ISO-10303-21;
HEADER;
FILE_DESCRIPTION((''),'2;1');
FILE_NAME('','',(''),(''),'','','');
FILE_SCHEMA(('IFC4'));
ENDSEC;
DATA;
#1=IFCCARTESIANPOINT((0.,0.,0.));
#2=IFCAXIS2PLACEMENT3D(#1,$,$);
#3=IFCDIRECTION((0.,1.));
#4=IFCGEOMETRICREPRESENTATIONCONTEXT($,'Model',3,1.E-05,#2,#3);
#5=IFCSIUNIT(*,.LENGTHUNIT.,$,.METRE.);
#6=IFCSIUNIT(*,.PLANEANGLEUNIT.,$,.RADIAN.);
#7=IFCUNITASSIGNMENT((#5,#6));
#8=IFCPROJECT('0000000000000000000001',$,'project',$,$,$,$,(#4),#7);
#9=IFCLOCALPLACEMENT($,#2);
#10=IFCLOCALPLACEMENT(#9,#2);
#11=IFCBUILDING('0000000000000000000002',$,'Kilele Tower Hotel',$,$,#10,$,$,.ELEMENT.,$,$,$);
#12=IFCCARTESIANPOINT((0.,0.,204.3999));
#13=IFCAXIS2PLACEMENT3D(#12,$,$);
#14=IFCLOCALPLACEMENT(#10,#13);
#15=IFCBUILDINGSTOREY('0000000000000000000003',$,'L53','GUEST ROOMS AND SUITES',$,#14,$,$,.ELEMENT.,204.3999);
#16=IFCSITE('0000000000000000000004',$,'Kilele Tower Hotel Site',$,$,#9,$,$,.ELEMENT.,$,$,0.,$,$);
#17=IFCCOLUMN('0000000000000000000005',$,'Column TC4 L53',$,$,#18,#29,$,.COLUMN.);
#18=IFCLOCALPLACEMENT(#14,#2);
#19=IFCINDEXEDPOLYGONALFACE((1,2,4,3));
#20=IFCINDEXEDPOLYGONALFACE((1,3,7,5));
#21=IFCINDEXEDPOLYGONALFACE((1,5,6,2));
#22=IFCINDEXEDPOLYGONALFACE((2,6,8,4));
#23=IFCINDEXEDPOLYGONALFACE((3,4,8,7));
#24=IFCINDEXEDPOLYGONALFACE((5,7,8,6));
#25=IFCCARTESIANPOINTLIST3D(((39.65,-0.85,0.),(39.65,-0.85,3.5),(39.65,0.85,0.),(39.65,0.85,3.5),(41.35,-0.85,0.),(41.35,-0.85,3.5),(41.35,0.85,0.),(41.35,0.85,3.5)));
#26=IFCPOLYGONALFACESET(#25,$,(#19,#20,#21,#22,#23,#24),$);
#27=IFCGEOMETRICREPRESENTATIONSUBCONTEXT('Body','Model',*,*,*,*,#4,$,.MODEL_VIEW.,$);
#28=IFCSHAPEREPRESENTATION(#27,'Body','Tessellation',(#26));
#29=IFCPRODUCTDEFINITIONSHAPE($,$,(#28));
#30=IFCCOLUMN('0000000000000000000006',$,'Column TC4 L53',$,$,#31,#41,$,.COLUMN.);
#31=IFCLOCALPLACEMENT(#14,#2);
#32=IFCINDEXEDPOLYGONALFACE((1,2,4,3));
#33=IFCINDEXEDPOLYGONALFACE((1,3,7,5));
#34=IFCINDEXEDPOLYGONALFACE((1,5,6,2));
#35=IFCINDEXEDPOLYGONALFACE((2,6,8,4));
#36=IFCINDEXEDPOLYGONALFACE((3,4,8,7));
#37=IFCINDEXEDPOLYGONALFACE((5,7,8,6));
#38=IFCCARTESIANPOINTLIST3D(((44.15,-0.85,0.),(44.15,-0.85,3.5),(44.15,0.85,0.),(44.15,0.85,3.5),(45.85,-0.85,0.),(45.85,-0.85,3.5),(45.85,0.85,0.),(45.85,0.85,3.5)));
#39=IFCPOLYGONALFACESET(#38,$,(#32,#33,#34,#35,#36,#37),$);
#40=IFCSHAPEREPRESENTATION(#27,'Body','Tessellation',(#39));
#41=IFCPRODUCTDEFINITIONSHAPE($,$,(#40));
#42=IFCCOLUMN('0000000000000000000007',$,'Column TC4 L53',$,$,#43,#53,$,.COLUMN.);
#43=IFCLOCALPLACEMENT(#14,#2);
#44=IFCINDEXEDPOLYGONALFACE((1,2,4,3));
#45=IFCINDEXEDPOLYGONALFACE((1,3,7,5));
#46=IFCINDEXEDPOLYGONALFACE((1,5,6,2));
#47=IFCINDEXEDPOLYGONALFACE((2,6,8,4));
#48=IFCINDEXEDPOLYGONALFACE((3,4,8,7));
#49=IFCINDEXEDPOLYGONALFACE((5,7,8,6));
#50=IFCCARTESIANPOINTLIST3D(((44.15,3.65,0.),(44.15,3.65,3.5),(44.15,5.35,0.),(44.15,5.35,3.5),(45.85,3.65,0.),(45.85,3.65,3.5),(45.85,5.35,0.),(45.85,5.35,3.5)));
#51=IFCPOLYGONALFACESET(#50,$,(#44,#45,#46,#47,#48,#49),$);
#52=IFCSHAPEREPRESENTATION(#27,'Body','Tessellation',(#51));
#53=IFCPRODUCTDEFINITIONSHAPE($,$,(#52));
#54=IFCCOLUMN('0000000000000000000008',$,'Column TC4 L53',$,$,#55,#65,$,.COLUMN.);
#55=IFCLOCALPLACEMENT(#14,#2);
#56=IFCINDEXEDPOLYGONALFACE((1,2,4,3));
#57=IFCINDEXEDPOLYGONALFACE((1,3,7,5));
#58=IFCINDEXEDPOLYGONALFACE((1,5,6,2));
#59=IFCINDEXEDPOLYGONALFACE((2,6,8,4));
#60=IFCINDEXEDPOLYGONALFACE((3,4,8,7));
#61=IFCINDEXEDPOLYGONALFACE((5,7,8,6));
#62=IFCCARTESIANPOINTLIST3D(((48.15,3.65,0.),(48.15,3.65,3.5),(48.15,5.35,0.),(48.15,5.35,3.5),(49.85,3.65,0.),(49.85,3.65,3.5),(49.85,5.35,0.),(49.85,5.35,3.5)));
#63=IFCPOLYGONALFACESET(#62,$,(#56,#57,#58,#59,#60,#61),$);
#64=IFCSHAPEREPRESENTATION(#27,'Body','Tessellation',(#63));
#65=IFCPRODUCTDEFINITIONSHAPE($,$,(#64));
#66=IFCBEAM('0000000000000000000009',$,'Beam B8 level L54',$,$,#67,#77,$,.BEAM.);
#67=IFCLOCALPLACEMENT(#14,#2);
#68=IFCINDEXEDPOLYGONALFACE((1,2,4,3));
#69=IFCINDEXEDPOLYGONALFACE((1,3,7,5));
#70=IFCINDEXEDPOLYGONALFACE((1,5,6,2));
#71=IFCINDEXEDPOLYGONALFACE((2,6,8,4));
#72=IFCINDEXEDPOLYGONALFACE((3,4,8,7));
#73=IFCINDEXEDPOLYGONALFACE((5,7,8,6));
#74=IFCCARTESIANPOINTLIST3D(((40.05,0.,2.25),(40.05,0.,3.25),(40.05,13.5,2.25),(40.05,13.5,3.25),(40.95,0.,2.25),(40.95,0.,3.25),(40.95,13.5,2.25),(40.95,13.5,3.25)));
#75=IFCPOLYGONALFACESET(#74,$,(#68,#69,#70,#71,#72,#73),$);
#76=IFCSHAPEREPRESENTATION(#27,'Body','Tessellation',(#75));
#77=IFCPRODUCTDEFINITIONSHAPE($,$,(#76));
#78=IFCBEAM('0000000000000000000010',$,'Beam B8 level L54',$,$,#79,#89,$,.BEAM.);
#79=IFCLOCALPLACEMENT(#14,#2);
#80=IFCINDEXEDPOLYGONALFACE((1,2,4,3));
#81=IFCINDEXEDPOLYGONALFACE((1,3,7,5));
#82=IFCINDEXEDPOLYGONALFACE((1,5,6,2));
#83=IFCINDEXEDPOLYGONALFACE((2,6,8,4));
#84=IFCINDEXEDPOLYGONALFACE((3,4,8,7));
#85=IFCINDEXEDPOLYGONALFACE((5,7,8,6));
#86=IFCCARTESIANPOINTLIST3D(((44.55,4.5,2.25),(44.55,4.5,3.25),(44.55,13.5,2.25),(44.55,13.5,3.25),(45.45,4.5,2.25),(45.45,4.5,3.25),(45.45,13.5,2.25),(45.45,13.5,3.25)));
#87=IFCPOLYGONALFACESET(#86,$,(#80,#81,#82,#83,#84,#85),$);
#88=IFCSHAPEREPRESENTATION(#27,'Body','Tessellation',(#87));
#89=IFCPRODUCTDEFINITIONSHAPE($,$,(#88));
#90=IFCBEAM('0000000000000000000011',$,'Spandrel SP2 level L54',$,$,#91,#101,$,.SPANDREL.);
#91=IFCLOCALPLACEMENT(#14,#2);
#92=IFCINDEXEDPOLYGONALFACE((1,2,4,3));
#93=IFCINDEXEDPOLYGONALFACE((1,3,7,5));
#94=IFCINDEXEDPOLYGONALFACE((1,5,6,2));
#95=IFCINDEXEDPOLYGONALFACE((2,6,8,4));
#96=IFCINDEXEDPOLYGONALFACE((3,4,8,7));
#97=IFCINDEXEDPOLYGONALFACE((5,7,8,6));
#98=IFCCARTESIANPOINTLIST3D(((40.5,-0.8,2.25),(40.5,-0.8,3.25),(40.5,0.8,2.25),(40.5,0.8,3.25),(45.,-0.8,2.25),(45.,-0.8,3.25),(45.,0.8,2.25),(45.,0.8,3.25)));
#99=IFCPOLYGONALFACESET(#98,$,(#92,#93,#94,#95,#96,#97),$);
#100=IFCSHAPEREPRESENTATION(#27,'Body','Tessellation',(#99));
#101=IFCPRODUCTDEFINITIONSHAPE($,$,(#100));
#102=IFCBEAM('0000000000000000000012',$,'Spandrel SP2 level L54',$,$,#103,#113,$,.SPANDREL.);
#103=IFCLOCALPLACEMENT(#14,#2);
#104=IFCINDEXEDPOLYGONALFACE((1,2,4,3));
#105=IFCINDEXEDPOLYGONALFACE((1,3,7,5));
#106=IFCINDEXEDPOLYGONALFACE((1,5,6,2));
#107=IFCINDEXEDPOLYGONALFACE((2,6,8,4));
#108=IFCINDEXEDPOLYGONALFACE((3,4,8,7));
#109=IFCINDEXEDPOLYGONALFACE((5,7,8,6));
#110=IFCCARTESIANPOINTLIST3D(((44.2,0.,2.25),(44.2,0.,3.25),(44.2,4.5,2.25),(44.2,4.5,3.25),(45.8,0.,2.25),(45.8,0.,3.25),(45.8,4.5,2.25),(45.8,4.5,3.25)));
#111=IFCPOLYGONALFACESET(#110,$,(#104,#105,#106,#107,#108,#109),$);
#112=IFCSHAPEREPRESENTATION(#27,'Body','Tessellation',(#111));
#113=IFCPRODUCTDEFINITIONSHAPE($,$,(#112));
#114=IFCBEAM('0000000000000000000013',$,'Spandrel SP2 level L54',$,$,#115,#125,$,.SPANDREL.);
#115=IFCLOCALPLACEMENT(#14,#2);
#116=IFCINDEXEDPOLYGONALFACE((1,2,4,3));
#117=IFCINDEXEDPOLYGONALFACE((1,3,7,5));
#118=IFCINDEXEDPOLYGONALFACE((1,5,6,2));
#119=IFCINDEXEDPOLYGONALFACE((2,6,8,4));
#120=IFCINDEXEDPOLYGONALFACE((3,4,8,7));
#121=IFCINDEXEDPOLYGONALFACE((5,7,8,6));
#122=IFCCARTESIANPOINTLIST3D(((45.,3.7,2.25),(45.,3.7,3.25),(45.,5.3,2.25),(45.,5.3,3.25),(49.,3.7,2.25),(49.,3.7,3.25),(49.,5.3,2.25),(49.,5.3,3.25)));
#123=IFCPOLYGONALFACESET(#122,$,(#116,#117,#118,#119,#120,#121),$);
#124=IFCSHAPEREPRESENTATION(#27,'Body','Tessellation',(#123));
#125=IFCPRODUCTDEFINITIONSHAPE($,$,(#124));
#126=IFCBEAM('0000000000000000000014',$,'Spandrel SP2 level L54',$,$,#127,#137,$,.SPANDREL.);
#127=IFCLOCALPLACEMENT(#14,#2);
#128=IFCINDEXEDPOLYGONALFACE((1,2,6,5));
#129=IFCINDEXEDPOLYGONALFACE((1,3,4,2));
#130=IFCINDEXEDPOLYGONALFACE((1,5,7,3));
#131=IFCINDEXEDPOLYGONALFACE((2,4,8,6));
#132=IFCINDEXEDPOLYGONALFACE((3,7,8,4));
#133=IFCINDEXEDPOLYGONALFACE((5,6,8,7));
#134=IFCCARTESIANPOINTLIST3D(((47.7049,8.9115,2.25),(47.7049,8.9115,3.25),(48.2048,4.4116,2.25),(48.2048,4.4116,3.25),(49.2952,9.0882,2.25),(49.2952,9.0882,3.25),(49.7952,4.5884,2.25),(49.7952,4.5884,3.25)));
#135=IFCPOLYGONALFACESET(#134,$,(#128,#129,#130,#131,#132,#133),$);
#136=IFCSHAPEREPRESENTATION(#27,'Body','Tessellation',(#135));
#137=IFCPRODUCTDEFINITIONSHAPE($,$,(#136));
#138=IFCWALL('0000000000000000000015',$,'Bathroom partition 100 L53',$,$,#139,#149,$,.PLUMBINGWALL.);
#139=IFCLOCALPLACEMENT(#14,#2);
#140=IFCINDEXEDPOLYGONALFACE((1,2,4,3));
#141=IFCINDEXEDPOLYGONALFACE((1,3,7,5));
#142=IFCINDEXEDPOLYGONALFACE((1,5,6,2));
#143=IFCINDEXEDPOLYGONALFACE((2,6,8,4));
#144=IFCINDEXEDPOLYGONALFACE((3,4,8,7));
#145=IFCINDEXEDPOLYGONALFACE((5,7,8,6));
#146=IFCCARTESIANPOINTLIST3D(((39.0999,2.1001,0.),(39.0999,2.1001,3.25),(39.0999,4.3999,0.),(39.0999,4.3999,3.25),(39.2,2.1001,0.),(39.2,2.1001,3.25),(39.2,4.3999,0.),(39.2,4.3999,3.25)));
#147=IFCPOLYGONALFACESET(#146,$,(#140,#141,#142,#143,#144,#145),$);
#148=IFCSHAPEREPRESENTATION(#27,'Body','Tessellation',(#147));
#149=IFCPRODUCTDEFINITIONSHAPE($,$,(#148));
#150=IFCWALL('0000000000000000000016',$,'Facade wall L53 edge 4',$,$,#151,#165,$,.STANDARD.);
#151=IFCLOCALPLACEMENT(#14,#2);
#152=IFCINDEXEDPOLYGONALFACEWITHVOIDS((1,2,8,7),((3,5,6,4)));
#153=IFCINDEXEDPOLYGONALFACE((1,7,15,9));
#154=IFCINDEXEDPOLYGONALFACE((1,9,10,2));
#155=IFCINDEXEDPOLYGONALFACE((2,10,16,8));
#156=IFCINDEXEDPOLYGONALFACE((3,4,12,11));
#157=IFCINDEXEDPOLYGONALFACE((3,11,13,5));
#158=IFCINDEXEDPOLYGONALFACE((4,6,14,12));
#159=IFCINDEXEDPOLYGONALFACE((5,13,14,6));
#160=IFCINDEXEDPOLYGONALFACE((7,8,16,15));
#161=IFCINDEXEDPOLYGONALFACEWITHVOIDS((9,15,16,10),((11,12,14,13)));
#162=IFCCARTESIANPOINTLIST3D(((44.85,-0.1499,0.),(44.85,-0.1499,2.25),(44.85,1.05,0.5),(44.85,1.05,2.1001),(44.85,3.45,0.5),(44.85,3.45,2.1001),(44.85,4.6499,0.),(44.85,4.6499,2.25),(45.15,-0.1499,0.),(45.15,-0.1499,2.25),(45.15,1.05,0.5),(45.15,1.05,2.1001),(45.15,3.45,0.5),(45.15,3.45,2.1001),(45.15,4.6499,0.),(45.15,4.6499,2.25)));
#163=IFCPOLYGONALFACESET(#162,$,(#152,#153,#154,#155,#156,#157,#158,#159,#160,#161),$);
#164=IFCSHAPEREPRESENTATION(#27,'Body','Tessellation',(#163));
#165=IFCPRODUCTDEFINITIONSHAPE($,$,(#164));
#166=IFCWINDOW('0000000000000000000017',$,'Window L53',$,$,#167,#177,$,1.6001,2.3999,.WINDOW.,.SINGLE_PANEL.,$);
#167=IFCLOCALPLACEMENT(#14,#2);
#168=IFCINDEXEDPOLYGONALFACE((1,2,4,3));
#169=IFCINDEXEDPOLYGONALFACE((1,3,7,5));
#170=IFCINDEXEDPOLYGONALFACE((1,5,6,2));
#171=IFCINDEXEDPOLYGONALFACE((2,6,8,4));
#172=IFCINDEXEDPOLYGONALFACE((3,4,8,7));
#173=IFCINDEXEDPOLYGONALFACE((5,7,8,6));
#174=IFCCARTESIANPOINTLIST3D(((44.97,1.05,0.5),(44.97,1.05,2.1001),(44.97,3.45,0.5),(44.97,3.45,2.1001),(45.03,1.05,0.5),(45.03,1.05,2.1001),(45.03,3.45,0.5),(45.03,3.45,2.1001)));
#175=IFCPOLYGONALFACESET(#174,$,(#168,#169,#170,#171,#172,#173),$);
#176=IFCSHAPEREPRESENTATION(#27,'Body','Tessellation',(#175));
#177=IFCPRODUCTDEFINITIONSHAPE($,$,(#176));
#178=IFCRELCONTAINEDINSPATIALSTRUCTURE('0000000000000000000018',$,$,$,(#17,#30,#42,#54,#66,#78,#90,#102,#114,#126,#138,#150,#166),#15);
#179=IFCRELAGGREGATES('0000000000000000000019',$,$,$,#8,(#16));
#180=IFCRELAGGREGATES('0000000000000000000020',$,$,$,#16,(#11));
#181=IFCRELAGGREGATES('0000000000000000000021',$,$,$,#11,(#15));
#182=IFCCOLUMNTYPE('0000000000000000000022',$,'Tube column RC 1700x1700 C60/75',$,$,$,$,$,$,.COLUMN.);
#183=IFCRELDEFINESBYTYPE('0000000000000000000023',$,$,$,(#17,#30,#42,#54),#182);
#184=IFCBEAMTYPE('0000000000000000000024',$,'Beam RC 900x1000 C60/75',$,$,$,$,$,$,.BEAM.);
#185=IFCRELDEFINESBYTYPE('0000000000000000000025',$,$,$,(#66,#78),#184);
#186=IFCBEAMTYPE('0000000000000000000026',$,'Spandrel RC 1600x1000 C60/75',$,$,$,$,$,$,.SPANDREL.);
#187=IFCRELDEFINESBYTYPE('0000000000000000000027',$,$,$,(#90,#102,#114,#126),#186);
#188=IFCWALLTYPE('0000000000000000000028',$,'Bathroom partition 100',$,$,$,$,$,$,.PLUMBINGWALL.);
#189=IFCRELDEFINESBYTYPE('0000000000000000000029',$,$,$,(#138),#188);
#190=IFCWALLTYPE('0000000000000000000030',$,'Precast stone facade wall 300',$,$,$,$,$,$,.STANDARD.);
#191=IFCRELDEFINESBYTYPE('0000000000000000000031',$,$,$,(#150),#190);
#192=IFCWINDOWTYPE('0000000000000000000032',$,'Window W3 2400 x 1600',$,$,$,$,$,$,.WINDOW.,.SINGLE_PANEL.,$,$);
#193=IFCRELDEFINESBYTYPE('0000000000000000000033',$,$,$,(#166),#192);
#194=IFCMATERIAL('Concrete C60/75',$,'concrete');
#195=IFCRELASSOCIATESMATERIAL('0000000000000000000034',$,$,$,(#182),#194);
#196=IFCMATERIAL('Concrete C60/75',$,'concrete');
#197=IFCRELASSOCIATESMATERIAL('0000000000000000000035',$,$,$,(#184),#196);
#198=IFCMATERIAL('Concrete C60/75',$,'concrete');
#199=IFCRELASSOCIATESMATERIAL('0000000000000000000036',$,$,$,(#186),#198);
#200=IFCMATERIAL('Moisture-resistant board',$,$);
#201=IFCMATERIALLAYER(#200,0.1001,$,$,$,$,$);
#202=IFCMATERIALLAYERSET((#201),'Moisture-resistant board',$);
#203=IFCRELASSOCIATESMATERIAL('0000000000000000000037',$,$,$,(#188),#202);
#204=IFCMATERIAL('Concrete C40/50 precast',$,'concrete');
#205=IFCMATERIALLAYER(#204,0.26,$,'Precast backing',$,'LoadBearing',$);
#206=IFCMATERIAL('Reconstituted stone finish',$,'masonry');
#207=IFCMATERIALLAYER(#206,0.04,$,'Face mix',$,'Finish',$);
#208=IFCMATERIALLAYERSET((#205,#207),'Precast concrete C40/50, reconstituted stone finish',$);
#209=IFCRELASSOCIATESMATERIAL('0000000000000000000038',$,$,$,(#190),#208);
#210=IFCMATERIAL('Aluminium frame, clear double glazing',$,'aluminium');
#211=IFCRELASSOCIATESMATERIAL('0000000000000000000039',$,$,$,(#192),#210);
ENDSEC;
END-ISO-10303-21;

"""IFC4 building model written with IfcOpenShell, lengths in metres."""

from ifc_helpers import new_model, si_unit, direction, frame, frame_2d, origin, origin_2d, place, context, subcontext, project, spatial, rectangle, extrude, material, layer, layer_set, material_profile, profile_set, type_object, element, fill, save


model = new_model("IFC4")

# Units and contexts
model_context = context("Model", 3, precision=1e-05, world=origin(), true_north=direction((0.0, 1.0)))
body_context = subcontext(model_context, "Body", "Model", "MODEL_VIEW")
ifc_project = project(units=[si_unit("LENGTHUNIT", "METRE"), si_unit("PLANEANGLEUNIT", "RADIAN")], contexts=[model_context])

# Site, building, storey
site_placement = place(None, origin())
site = spatial("IfcSite", under=ifc_project, at=site_placement, Name="Kilele Tower Hotel Site", CompositionType="ELEMENT", RefElevation=0.0)
building_placement = place(site_placement, origin())
building = spatial("IfcBuilding", under=site, at=building_placement, Name="Kilele Tower Hotel", CompositionType="ELEMENT")
storey_placement = place(building_placement, frame((0.0, 0.0, 204.3999)))
storey = spatial("IfcBuildingStorey", under=building, at=storey_placement, Name="L53", Description="GUEST ROOMS AND SUITES", CompositionType="ELEMENT", Elevation=204.3999)

# Columns
ifc_material_1 = material(Name="Concrete C60/75", Category="concrete")
ifc_material_profile_1 = material_profile(ifc_material_1, rectangle(XDim=1.7, YDim=1.7, at=origin_2d()))
ifc_profile_set_1 = profile_set([ifc_material_profile_1], Name="Concrete C60/75")
column_type = type_object("IfcColumnType", Name="Tube column RC 1700x1700 C60/75", PredefinedType="COLUMN", material=ifc_profile_set_1)
for number, where, z_axis, x_axis, name in (
    (1, (40.5, 0.0, 0.0), (0.0, 0.0, 1.0), (1.0, 0.0, 0.0), "Column TC4 L53"),
    (2, (45.0, 0.0, 0.0), (0.0, 0.0, 1.0), (1.0, 0.0, 0.0), "Column TC4 L53"),
    (3, (45.0, 4.5, 0.0), (0.0, 0.0, 1.0), (1.0, 0.0, 0.0), "Column TC4 L53"),
    (4, (49.0, 4.5, 0.0), (0.0, 0.0, 1.0), (1.0, 0.0, 0.0), "Column TC4 L53"),
):
    element("IfcColumn", number, at=place(storey_placement, frame(where, z_axis=z_axis, x_axis=x_axis)), inside=storey, type_object=column_type, Name=name, PredefinedType="COLUMN", context=body_context, shape_type="SweptSolid", body=[
        extrude(rectangle(XDim=1.7, YDim=1.7, at=origin_2d()), origin(), (0.0, 0.0, 1.0), 3.5),
    ])

# Beams
ifc_material_2 = material(Name="Concrete C60/75", Category="concrete")
ifc_material_profile_2 = material_profile(ifc_material_2, rectangle(XDim=0.8999, YDim=1.0, at=origin_2d()))
ifc_profile_set_2 = profile_set([ifc_material_profile_2], Name="Concrete C60/75")
beam_type_1 = type_object("IfcBeamType", Name="Beam RC 900x1000 C60/75", PredefinedType="BEAM", material=ifc_profile_set_2)
beam_1_placement = place(storey_placement, frame((40.5, 0.0, 2.75), z_axis=(0.0, 1.0, 0.0), x_axis=(-1.0, 0.0, 0.0)))
element("IfcBeam", 5, at=beam_1_placement, inside=storey, type_object=beam_type_1, Name="Beam B8 level L54", PredefinedType="BEAM", context=body_context, shape_type="SweptSolid", body=[
    extrude(rectangle(XDim=0.8999, YDim=1.0, at=origin_2d()), origin(), (0.0, 0.0, 1.0), 13.5),
])
beam_2_placement = place(storey_placement, frame((45.0, 4.5, 2.75), z_axis=(0.0, 1.0, 0.0), x_axis=(-1.0, 0.0, 0.0)))
element("IfcBeam", 6, at=beam_2_placement, inside=storey, type_object=beam_type_1, Name="Beam B8 level L54", PredefinedType="BEAM", context=body_context, shape_type="SweptSolid", body=[
    extrude(rectangle(XDim=0.8999, YDim=1.0, at=origin_2d()), origin(), (0.0, 0.0, 1.0), 9.0),
])
ifc_material_3 = material(Name="Concrete C60/75", Category="concrete")
ifc_material_profile_3 = material_profile(ifc_material_3, rectangle(XDim=1.6001, YDim=1.0, at=origin_2d()))
ifc_profile_set_3 = profile_set([ifc_material_profile_3], Name="Concrete C60/75")
beam_type_2 = type_object("IfcBeamType", Name="Spandrel RC 1600x1000 C60/75", PredefinedType="SPANDREL", material=ifc_profile_set_3)
for number, where, z_axis, x_axis, name in (
    (7, (40.5, 0.0, 2.75), (1.0, 0.0, 0.0), (0.0, 1.0, 0.0), "Spandrel SP2 level L54"),
    (8, (45.0, 0.0, 2.75), (0.0, 1.0, 0.0), (-1.0, 0.0, 0.0), "Spandrel SP2 level L54"),
):
    element("IfcBeam", number, at=place(storey_placement, frame(where, z_axis=z_axis, x_axis=x_axis)), inside=storey, type_object=beam_type_2, Name=name, PredefinedType="SPANDREL", context=body_context, shape_type="SweptSolid", body=[
        extrude(rectangle(XDim=1.6001, YDim=1.0, at=origin_2d()), origin(), (0.0, 0.0, 1.0), 4.5),
    ])
beam_3_placement = place(storey_placement, frame((45.0, 4.5, 2.75), z_axis=(1.0, 0.0, 0.0), x_axis=(0.0, 1.0, 0.0)))
element("IfcBeam", 9, at=beam_3_placement, inside=storey, type_object=beam_type_2, Name="Spandrel SP2 level L54", PredefinedType="SPANDREL", context=body_context, shape_type="SweptSolid", body=[
    extrude(rectangle(XDim=1.6001, YDim=1.0, at=origin_2d()), origin(), (0.0, 0.0, 1.0), 4.0),
])
beam_4_placement = place(storey_placement, frame((49.0, 4.5, 2.75), z_axis=(-0.110432, 0.993884, 0.0), x_axis=(-0.993884, -0.110432, 0.0)))
element("IfcBeam", 10, at=beam_4_placement, inside=storey, type_object=beam_type_2, Name="Spandrel SP2 level L54", PredefinedType="SPANDREL", context=body_context, shape_type="SweptSolid", body=[
    extrude(rectangle(XDim=1.6001, YDim=1.0, at=origin_2d()), origin(), (0.0, 0.0, 1.0), 4.5276),
])

# Wall
ifc_material_4 = material(Name="Moisture-resistant board")
ifc_layer_1 = layer(ifc_material_4, 0.1001)
ifc_layer_set_1 = layer_set([ifc_layer_1], Name="Moisture-resistant board")
wall_type_1 = type_object("IfcWallType", Name="Bathroom partition 100", PredefinedType="PLUMBINGWALL", material=ifc_layer_set_1)
wall_1_placement = place(storey_placement, frame((39.1499, 4.3999, 0.0), z_axis=(0.0, 0.0, 1.0), x_axis=(0.0, -1.0, 0.0)))
element("IfcWall", 11, at=wall_1_placement, inside=storey, type_object=wall_type_1, Name="Bathroom partition 100 L53", PredefinedType="PLUMBINGWALL", context=body_context, shape_type="SweptSolid", body=[
    extrude(rectangle(XDim=2.2998, YDim=0.1001, at=frame_2d((1.1499, 0.0))), origin(), (0.0, 0.0, 1.0), 3.25),
])

# Wall, opening, window
ifc_material_5 = material(Name="Concrete C40/50 precast", Category="concrete")
ifc_layer_2 = layer(ifc_material_5, 0.26, Name="Precast backing", Category="LoadBearing")
ifc_material_6 = material(Name="Reconstituted stone finish", Category="masonry")
ifc_layer_3 = layer(ifc_material_6, 0.04, Name="Face mix", Category="Finish")
ifc_layer_set_2 = layer_set([ifc_layer_2, ifc_layer_3], Name="Precast concrete C40/50, reconstituted stone finish")
wall_type_2 = type_object("IfcWallType", Name="Precast stone facade wall 300", PredefinedType="STANDARD", material=ifc_layer_set_2)
wall_2_placement = place(storey_placement, frame((45.0, -0.1499, 0.0), z_axis=(0.0, 0.0, 1.0), x_axis=(0.0, 1.0, 0.0)))
wall_2 = element("IfcWall", 12, at=wall_2_placement, inside=storey, type_object=wall_type_2, Name="Facade wall L53 edge 4", PredefinedType="STANDARD", context=body_context, shape_type="SweptSolid", body=[
    extrude(rectangle(XDim=4.7998, YDim=0.3, at=frame_2d((2.3999, 0.0))), origin(), (0.0, 0.0, 1.0), 2.25),
])
opening_1_placement = place(wall_2_placement, frame((1.2, 0.0, 0.5)))
opening_1 = element("IfcOpeningElement", 13, at=opening_1_placement, cuts=wall_2, PredefinedType="OPENING", context=body_context, shape_type="SweptSolid", body=[
    extrude(rectangle(XDim=2.3999, YDim=1.6001, at=frame_2d((1.2, 0.8))), frame((0.0, 0.1599, 0.0), z_axis=(0.0, -1.0, 0.0), x_axis=(1.0, 0.0, 0.0)), (0.0, 0.0, 1.0), 0.3201),
])
ifc_material_7 = material(Name="Aluminium frame, clear double glazing", Category="aluminium")
window_type_1 = type_object("IfcWindowType", Name="Window W3 2400 x 1600", PartitioningType="SINGLE_PANEL", PredefinedType="WINDOW", material=ifc_material_7)
window_1_placement = place(opening_1_placement, origin())
window_1 = element("IfcWindow", 14, at=window_1_placement, inside=storey, type_object=window_type_1, Name="Window L53", OverallHeight=1.6001, OverallWidth=2.3999, PartitioningType="SINGLE_PANEL", PredefinedType="WINDOW", context=body_context, shape_type="SweptSolid", body=[
    extrude(rectangle(XDim=2.3999, YDim=1.6001, at=frame_2d((1.2, 0.8))), frame((0.0, 0.03, 0.0), z_axis=(0.0, -1.0, 0.0), x_axis=(1.0, 0.0, 0.0)), (0.0, 0.0, 1.0), 0.0601),
])
fill(opening_1, window_1)

save(model, "model.ifc")
